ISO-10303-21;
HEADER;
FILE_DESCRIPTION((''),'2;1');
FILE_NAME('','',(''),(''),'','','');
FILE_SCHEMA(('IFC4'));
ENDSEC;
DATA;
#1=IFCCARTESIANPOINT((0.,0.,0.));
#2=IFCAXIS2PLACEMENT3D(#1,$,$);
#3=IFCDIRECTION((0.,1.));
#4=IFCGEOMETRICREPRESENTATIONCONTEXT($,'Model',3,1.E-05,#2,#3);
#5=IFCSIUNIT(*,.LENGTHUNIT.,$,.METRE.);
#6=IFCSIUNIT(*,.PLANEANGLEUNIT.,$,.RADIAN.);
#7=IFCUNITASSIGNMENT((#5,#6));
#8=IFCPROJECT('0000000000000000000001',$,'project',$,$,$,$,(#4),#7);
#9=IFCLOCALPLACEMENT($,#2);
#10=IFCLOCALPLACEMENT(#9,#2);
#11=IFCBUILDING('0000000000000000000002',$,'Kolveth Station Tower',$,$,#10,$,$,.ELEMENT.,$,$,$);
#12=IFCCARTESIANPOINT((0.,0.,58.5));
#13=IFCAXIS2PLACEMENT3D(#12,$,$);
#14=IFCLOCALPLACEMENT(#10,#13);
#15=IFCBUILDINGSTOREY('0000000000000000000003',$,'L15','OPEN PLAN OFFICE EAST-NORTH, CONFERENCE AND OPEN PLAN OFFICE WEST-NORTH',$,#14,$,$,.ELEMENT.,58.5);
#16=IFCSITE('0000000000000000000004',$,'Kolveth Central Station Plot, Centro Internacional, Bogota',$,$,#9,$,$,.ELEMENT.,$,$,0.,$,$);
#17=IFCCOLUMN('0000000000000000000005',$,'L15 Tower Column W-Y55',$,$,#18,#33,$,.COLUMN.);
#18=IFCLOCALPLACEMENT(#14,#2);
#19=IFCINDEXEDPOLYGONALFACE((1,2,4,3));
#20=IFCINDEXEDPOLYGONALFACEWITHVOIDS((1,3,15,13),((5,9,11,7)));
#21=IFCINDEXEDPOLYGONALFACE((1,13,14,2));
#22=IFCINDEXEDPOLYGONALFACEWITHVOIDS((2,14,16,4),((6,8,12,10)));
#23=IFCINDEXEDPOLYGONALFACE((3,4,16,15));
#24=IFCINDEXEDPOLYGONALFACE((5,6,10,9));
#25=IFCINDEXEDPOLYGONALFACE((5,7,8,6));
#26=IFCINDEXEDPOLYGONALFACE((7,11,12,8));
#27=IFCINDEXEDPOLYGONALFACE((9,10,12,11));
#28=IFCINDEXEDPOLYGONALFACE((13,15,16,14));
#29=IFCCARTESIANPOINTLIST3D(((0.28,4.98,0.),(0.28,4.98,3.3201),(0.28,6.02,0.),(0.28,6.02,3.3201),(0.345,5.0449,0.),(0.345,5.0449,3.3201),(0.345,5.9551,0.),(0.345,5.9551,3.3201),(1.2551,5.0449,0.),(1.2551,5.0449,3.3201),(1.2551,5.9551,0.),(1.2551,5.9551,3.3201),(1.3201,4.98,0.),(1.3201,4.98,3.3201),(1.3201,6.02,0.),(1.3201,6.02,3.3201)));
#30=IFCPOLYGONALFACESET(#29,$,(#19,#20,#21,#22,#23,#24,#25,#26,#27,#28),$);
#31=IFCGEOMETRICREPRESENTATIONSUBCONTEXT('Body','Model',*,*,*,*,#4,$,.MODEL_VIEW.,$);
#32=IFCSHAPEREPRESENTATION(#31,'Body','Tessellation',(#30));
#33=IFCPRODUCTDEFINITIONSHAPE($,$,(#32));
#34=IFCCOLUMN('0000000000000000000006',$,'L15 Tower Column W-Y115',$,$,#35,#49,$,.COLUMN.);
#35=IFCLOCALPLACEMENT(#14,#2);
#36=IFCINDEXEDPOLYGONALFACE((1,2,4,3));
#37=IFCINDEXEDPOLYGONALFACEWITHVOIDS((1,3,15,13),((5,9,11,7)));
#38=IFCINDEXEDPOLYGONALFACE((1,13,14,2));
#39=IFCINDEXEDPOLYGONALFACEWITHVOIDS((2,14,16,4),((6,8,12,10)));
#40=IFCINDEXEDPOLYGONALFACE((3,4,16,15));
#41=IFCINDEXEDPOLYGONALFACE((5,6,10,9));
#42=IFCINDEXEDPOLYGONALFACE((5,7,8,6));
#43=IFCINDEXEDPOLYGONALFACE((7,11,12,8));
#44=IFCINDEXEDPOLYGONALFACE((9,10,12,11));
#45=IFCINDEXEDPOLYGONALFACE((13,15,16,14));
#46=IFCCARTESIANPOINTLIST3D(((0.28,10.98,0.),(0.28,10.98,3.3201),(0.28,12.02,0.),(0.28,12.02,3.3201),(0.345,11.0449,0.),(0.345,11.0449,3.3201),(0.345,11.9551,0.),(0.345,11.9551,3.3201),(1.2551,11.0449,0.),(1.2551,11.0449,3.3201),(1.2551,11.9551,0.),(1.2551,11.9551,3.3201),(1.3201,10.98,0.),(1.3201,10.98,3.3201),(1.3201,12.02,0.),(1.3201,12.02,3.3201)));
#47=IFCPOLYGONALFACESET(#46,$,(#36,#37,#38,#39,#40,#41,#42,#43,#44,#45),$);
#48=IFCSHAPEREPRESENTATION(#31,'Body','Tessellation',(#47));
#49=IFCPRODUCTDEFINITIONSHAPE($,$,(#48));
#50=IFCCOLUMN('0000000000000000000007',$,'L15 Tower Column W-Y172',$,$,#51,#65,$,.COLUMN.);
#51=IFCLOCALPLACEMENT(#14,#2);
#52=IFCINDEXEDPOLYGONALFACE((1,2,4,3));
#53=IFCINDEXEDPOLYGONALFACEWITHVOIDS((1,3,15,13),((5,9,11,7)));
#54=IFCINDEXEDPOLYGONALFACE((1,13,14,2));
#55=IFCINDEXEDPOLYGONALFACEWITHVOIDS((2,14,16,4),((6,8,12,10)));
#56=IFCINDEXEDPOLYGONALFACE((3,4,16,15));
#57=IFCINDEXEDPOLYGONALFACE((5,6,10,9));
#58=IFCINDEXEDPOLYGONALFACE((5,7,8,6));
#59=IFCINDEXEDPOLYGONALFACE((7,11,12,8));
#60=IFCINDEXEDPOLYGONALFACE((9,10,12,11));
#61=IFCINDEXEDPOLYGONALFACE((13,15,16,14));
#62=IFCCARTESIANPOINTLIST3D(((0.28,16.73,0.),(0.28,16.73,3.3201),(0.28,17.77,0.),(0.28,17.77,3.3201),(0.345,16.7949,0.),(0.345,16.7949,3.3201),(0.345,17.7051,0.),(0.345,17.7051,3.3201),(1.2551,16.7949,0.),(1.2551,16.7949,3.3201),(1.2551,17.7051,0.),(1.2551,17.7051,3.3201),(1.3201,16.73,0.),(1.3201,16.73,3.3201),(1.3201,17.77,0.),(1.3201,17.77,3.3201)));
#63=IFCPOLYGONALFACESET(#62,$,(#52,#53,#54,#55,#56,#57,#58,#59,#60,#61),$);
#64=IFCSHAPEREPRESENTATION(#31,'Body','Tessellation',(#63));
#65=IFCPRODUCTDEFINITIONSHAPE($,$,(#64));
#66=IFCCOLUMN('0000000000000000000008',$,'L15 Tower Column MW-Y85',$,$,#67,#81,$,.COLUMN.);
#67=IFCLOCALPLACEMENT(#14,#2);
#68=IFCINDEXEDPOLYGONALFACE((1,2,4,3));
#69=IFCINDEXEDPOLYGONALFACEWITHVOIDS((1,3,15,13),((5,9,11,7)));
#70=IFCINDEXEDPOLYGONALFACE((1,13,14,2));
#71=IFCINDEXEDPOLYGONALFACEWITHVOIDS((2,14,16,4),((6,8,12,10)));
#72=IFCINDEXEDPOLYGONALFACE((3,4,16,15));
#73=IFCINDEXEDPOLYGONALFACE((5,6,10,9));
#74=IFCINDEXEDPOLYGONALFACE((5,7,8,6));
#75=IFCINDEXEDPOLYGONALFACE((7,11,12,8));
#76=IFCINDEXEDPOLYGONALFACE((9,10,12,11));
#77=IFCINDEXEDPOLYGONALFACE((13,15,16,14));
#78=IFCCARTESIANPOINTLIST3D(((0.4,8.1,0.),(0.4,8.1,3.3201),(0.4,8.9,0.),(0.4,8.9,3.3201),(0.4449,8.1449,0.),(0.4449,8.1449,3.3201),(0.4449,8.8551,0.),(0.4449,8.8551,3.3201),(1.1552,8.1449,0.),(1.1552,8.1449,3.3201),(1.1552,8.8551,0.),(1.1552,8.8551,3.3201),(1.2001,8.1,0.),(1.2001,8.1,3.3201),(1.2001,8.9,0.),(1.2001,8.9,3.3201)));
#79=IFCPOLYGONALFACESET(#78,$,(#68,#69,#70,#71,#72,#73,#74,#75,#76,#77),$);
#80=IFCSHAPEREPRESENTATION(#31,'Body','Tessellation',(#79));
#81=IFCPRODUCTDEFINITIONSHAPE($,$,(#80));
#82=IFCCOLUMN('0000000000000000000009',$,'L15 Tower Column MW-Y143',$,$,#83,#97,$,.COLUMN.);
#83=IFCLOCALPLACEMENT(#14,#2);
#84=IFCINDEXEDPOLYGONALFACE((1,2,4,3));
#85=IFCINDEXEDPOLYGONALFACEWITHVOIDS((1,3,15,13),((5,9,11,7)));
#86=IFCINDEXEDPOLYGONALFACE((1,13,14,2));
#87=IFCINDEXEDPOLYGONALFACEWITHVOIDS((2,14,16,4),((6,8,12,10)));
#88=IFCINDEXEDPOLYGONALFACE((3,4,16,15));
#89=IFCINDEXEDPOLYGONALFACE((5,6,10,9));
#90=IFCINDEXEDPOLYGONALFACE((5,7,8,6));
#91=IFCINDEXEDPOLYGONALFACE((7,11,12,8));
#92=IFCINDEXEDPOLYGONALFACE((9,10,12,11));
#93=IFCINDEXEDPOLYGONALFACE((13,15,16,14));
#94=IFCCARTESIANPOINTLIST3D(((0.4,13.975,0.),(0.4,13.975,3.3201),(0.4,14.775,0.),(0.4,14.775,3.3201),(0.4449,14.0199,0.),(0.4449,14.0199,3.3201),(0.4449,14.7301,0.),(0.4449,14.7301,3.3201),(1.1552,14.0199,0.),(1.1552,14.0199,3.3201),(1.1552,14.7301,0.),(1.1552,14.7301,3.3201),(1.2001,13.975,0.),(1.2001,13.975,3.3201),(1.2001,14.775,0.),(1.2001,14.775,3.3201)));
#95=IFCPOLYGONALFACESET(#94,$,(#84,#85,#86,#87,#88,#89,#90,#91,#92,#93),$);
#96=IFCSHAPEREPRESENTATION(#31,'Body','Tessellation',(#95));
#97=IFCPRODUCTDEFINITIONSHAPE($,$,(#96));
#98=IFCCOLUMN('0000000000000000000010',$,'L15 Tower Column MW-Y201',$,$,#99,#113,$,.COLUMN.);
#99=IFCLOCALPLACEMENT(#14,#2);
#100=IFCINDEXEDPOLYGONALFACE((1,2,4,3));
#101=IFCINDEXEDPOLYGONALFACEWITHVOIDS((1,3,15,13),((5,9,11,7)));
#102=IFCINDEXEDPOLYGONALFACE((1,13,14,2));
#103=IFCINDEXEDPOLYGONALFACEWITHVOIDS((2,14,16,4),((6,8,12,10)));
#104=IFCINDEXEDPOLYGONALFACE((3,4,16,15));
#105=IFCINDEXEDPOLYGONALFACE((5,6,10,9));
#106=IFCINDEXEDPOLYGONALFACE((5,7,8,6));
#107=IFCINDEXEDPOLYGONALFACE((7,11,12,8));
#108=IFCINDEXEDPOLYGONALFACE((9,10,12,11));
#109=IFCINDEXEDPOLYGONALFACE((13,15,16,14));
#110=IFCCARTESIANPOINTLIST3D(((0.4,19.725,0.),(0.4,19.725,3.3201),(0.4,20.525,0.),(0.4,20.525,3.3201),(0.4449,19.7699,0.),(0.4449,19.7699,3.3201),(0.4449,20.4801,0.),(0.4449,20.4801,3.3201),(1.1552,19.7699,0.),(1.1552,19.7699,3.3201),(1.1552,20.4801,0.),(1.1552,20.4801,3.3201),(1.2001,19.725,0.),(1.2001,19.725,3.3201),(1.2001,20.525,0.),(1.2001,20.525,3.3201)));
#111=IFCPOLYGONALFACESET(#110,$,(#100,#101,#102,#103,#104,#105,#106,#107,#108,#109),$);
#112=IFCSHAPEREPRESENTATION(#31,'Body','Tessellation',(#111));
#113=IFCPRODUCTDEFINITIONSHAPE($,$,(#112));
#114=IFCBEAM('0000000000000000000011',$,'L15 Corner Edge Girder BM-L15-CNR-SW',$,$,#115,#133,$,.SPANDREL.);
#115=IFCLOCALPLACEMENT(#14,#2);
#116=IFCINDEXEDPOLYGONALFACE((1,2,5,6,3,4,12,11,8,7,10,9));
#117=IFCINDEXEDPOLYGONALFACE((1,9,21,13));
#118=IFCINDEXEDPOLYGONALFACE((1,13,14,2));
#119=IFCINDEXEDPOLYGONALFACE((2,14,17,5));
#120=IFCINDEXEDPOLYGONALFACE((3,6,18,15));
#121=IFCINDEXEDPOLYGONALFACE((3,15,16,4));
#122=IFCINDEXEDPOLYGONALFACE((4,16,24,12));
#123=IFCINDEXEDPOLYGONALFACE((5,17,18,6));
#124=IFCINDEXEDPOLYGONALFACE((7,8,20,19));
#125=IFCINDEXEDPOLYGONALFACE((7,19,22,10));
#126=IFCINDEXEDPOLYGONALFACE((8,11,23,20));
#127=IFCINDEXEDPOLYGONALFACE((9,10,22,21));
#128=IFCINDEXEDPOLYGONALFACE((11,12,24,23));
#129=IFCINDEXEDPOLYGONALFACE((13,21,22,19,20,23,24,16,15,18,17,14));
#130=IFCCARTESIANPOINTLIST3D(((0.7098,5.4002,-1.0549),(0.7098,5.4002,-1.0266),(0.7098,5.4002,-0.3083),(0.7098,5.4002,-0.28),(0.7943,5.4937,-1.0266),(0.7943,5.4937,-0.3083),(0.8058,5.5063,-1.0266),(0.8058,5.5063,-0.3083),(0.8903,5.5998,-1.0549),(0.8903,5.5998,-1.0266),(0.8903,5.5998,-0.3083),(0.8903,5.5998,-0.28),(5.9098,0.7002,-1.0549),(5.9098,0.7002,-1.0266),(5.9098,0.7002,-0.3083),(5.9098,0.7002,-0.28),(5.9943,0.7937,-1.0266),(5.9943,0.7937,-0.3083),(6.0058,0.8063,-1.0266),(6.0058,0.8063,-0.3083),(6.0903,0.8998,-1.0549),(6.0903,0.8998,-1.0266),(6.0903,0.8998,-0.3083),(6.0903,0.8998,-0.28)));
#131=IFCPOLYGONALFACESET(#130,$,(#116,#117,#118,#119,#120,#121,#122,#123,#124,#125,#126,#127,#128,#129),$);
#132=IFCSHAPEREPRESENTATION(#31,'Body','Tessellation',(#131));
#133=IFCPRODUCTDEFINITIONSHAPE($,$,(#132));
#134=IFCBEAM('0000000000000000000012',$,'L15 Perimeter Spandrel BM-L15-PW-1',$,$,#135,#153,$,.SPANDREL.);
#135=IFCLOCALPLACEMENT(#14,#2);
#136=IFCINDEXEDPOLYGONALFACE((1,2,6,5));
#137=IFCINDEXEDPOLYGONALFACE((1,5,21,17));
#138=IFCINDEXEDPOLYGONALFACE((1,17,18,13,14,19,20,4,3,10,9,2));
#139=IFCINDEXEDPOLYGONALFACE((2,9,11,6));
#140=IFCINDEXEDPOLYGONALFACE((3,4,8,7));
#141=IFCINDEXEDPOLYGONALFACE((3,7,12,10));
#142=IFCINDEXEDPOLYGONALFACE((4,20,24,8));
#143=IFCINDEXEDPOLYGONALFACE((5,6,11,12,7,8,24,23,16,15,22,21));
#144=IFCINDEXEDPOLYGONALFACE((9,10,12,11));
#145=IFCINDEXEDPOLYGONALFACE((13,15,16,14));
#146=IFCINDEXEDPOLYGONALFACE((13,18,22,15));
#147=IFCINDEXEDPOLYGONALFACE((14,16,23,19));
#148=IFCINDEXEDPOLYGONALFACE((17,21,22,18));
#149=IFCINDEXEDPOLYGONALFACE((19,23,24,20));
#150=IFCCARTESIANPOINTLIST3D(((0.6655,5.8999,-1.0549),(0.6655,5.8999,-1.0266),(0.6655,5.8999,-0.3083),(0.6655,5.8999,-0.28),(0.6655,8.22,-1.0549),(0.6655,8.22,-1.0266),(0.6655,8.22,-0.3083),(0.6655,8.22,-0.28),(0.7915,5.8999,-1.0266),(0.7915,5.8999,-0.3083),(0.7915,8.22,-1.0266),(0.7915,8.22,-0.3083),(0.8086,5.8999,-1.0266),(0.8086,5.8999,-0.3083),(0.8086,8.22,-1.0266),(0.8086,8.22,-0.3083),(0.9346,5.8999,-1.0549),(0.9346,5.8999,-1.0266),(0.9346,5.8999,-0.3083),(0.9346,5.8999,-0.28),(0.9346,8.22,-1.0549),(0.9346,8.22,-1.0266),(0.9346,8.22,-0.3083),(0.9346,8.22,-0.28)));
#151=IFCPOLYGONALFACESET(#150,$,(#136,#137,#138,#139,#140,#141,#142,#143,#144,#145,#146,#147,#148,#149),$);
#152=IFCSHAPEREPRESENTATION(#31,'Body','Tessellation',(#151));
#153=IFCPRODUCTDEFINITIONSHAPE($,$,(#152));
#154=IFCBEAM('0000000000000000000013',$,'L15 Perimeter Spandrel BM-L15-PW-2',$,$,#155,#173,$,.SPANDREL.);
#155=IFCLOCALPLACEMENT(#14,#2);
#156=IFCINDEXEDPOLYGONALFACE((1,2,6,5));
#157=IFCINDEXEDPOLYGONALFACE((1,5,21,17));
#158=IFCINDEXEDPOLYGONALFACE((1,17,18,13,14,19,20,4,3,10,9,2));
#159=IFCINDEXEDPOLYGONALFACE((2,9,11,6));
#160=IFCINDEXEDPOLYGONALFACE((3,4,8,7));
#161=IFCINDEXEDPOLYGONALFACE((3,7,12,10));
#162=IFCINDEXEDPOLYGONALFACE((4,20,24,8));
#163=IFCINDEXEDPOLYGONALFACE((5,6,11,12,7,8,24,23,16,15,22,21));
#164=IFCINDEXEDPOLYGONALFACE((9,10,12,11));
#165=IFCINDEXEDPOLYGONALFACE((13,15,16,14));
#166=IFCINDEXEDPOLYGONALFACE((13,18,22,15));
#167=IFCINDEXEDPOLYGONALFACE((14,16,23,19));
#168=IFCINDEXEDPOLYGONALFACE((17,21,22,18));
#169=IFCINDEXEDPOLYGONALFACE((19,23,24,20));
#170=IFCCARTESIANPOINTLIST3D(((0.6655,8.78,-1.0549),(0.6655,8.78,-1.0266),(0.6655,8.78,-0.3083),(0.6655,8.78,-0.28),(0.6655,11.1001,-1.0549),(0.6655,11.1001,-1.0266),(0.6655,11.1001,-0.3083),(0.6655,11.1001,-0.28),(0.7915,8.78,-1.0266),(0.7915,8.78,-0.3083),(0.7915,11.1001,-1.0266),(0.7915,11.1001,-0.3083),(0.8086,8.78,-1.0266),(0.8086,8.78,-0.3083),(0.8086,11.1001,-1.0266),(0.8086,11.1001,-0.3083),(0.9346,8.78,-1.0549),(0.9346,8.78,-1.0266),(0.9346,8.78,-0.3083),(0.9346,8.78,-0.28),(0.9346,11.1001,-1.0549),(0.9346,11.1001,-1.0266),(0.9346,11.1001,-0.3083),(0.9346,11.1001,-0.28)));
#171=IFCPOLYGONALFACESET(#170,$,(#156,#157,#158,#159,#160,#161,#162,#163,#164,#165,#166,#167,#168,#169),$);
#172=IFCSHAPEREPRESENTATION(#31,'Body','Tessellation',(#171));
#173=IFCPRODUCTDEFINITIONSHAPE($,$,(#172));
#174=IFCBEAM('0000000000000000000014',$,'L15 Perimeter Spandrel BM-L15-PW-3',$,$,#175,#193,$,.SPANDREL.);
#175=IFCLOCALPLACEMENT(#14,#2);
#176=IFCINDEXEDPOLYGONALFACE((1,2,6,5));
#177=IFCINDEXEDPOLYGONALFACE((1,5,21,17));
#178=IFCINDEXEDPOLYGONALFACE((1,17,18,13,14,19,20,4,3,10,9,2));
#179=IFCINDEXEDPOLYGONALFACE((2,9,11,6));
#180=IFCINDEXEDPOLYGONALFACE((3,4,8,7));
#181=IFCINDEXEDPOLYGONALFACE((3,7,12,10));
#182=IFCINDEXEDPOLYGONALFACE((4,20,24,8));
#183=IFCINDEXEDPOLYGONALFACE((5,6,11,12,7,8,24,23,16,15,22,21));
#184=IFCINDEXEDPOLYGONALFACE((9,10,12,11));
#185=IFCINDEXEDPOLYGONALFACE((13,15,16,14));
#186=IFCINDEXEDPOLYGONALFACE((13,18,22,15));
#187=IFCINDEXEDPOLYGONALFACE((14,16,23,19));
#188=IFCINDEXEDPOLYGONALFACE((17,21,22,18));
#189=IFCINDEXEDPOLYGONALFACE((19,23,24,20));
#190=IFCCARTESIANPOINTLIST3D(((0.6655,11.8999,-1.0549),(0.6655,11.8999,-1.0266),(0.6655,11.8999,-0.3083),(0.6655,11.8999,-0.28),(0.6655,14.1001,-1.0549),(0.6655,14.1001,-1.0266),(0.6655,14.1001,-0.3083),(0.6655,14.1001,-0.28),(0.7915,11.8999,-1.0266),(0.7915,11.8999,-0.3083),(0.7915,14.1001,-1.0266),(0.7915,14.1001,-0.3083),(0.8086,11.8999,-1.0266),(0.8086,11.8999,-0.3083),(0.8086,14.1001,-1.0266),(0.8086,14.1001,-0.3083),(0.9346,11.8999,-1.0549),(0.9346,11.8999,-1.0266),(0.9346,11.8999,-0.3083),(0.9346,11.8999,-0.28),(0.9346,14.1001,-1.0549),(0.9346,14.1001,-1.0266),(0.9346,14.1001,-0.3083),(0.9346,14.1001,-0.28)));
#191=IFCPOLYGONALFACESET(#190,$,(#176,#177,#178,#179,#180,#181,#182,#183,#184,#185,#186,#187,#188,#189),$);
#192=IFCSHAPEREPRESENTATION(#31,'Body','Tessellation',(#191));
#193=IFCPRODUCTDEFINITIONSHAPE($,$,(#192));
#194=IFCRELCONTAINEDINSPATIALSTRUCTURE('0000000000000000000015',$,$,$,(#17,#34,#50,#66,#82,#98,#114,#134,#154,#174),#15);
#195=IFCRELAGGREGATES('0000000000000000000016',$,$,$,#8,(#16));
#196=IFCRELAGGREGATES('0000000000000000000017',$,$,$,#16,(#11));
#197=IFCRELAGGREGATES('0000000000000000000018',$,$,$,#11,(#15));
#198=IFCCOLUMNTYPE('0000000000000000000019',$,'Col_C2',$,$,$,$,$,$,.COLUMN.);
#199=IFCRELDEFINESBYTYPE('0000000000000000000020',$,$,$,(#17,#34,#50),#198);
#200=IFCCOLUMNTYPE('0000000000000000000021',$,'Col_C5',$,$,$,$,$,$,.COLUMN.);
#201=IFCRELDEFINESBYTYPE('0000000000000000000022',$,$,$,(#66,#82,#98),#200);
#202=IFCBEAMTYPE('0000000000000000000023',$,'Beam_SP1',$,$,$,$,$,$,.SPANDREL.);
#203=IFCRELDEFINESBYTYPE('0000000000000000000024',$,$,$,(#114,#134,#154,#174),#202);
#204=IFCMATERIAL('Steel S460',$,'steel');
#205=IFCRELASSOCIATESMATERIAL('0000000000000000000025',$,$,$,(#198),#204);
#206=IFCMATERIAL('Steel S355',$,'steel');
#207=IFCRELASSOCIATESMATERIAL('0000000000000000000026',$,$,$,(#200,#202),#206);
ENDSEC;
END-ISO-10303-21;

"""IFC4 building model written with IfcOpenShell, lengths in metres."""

from ifc_helpers import new_model, si_unit, direction, frame, origin, origin_2d, place, context, subcontext, project, spatial, hollow_rectangle, i_section, extrude, source, transform, mapped, material, material_profile, profile_set, type_object, element, save


model = new_model("IFC4")

# Units and contexts
model_context = context("Model", 3, precision=1e-05, world=origin(), true_north=direction((0.0, 1.0)))
body_context = subcontext(model_context, "Body", "Model", "MODEL_VIEW")
ifc_project = project(units=[si_unit("LENGTHUNIT", "METRE"), si_unit("PLANEANGLEUNIT", "RADIAN")], contexts=[model_context])

# Site, building, storey
site_placement = place(None, origin())
site = spatial("IfcSite", under=ifc_project, at=site_placement, Name="Kolveth Central Station Plot, Centro Internacional, Bogota", CompositionType="ELEMENT", RefElevation=0.0)
building_placement = place(site_placement, origin())
building = spatial("IfcBuilding", under=site, at=building_placement, Name="Kolveth Station Tower", CompositionType="ELEMENT")
storey_placement = place(building_placement, frame((0.0, 0.0, 58.5)))
storey = spatial("IfcBuildingStorey", under=building, at=storey_placement, Name="L15", Description="OPEN PLAN OFFICE EAST-NORTH, CONFERENCE AND OPEN PLAN OFFICE WEST-NORTH", CompositionType="ELEMENT", Elevation=58.5)

# Columns
ifc_material_1 = material(Name="Steel S460", Category="steel")
ifc_material_profile_1 = material_profile(ifc_material_1, hollow_rectangle(XDim=1.04, YDim=1.04, WallThickness=0.0649, at=origin_2d()), Name="BOX1040x1040x65")
ifc_profile_set_1 = profile_set([ifc_material_profile_1], Name="Steel S460")
column_type_1 = type_object("IfcColumnType", Name="Col_C2", PredefinedType="COLUMN", material=ifc_profile_set_1)
shared_shape_1 = source(origin(), body_context, "Body", "SweptSolid", [
    extrude(hollow_rectangle(XDim=1.04, YDim=1.04, WallThickness=0.0649, at=origin_2d()), origin(), (0.0, 0.0, 1.0), 3.3201),
])
for number, where, z_axis, x_axis, name in (
    (1, (0.8, 5.5, 0.0), (0.0, 0.0, 1.0), (1.0, 0.0, 0.0), "L15 Tower Column W-Y55"),
    (2, (0.8, 11.5, 0.0), (0.0, 0.0, 1.0), (1.0, 0.0, 0.0), "L15 Tower Column W-Y115"),
    (3, (0.8, 17.25, 0.0), (0.0, 0.0, 1.0), (1.0, 0.0, 0.0), "L15 Tower Column W-Y172"),
):
    element("IfcColumn", number, at=place(storey_placement, frame(where, z_axis=z_axis, x_axis=x_axis)), inside=storey, type_object=column_type_1, Name=name, PredefinedType="COLUMN", context=body_context, shape_type="MappedRepresentation", body=[
        mapped(shared_shape_1, transform((0.0, 0.0, 0.0), x_axis=(1.0, 0.0, 0.0), y_axis=(0.0, 1.0, 0.0), z_axis=(0.0, 0.0, 1.0), scale=1.0)),
    ])
ifc_material_2 = material(Name="Steel S355", Category="steel")
ifc_material_profile_2 = material_profile(ifc_material_2, hollow_rectangle(XDim=0.8, YDim=0.8, WallThickness=0.0449, at=origin_2d()), Name="BOX800x800x45")
ifc_profile_set_2 = profile_set([ifc_material_profile_2], Name="Steel S355")
column_type_2 = type_object("IfcColumnType", Name="Col_C5", PredefinedType="COLUMN", material=ifc_profile_set_2)
shared_shape_2 = source(origin(), body_context, "Body", "SweptSolid", [
    extrude(hollow_rectangle(XDim=0.8, YDim=0.8, WallThickness=0.0449, at=origin_2d()), origin(), (0.0, 0.0, 1.0), 3.3201),
])
for number, where, z_axis, x_axis, name in (
    (4, (0.8, 8.5, 0.0), (0.0, 0.0, 1.0), (1.0, 0.0, 0.0), "L15 Tower Column MW-Y85"),
    (5, (0.8, 14.375, 0.0), (0.0, 0.0, 1.0), (1.0, 0.0, 0.0), "L15 Tower Column MW-Y143"),
    (6, (0.8, 20.125, 0.0), (0.0, 0.0, 1.0), (1.0, 0.0, 0.0), "L15 Tower Column MW-Y201"),
):
    element("IfcColumn", number, at=place(storey_placement, frame(where, z_axis=z_axis, x_axis=x_axis)), inside=storey, type_object=column_type_2, Name=name, PredefinedType="COLUMN", context=body_context, shape_type="MappedRepresentation", body=[
        mapped(shared_shape_2, transform((0.0, 0.0, 0.0), x_axis=(1.0, 0.0, 0.0), y_axis=(0.0, 1.0, 0.0), z_axis=(0.0, 0.0, 1.0), scale=1.0)),
    ])

# Beams
ifc_material_profile_3 = material_profile(ifc_material_2, i_section(OverallWidth=0.269, OverallDepth=0.7749, WebThickness=0.0171, FlangeThickness=0.0283, at=origin_2d()), Name="W760x220")
ifc_profile_set_3 = profile_set([ifc_material_profile_3], Name="Steel S355")
beam_type_1 = type_object("IfcBeamType", Name="Beam_SP1", PredefinedType="SPANDREL", material=ifc_profile_set_3)
shared_shape_3 = source(origin(), body_context, "Body", "SweptSolid", [
    extrude(i_section(OverallWidth=0.269, OverallDepth=0.7749, WebThickness=0.0171, FlangeThickness=0.0283, at=origin_2d()), origin(), (0.0, 0.0, 1.0), 7.0093),
])
beam_1_placement = place(storey_placement, frame((0.8, 5.5, -0.6675), z_axis=(0.741874, -0.670539, 0.0), x_axis=(0.670539, 0.741874, 0.0)))
element("IfcBeam", 7, at=beam_1_placement, inside=storey, type_object=beam_type_1, Name="L15 Corner Edge Girder BM-L15-CNR-SW", PredefinedType="SPANDREL", context=body_context, shape_type="MappedRepresentation", body=[
    mapped(shared_shape_3, transform((0.0, 0.0, 0.0), x_axis=(1.0, 0.0, 0.0), y_axis=(0.0, 1.0, 0.0), z_axis=(0.0, 0.0, 1.0), scale=1.0)),
])
shared_shape_4 = source(origin(), body_context, "Body", "SweptSolid", [
    extrude(i_section(OverallWidth=0.269, OverallDepth=0.7749, WebThickness=0.0171, FlangeThickness=0.0283, at=origin_2d()), origin(), (0.0, 0.0, 1.0), 2.3201),
])
for number, where, z_axis, x_axis, name in (
    (8, (0.8, 5.8999, -0.6675), (0.0, 1.0, 0.0), (-1.0, 0.0, 0.0), "L15 Perimeter Spandrel BM-L15-PW-1"),
    (9, (0.8, 8.78, -0.6675), (0.0, 1.0, 0.0), (-1.0, 0.0, 0.0), "L15 Perimeter Spandrel BM-L15-PW-2"),
):
    element("IfcBeam", number, at=place(storey_placement, frame(where, z_axis=z_axis, x_axis=x_axis)), inside=storey, type_object=beam_type_1, Name=name, PredefinedType="SPANDREL", context=body_context, shape_type="MappedRepresentation", body=[
        mapped(shared_shape_4, transform((0.0, 0.0, 0.0), x_axis=(1.0, 0.0, 0.0), y_axis=(0.0, 1.0, 0.0), z_axis=(0.0, 0.0, 1.0), scale=1.0)),
    ])
shared_shape_5 = source(origin(), body_context, "Body", "SweptSolid", [
    extrude(i_section(OverallWidth=0.269, OverallDepth=0.7749, WebThickness=0.0171, FlangeThickness=0.0283, at=origin_2d()), origin(), (0.0, 0.0, 1.0), 2.2002),
])
beam_2_placement = place(storey_placement, frame((0.8, 11.8999, -0.6675), z_axis=(0.0, 1.0, 0.0), x_axis=(-1.0, 0.0, 0.0)))
element("IfcBeam", 10, at=beam_2_placement, inside=storey, type_object=beam_type_1, Name="L15 Perimeter Spandrel BM-L15-PW-3", PredefinedType="SPANDREL", context=body_context, shape_type="MappedRepresentation", body=[
    mapped(shared_shape_5, transform((0.0, 0.0, 0.0), x_axis=(1.0, 0.0, 0.0), y_axis=(0.0, 1.0, 0.0), z_axis=(0.0, 0.0, 1.0), scale=1.0)),
])

save(model, "model.ifc")
